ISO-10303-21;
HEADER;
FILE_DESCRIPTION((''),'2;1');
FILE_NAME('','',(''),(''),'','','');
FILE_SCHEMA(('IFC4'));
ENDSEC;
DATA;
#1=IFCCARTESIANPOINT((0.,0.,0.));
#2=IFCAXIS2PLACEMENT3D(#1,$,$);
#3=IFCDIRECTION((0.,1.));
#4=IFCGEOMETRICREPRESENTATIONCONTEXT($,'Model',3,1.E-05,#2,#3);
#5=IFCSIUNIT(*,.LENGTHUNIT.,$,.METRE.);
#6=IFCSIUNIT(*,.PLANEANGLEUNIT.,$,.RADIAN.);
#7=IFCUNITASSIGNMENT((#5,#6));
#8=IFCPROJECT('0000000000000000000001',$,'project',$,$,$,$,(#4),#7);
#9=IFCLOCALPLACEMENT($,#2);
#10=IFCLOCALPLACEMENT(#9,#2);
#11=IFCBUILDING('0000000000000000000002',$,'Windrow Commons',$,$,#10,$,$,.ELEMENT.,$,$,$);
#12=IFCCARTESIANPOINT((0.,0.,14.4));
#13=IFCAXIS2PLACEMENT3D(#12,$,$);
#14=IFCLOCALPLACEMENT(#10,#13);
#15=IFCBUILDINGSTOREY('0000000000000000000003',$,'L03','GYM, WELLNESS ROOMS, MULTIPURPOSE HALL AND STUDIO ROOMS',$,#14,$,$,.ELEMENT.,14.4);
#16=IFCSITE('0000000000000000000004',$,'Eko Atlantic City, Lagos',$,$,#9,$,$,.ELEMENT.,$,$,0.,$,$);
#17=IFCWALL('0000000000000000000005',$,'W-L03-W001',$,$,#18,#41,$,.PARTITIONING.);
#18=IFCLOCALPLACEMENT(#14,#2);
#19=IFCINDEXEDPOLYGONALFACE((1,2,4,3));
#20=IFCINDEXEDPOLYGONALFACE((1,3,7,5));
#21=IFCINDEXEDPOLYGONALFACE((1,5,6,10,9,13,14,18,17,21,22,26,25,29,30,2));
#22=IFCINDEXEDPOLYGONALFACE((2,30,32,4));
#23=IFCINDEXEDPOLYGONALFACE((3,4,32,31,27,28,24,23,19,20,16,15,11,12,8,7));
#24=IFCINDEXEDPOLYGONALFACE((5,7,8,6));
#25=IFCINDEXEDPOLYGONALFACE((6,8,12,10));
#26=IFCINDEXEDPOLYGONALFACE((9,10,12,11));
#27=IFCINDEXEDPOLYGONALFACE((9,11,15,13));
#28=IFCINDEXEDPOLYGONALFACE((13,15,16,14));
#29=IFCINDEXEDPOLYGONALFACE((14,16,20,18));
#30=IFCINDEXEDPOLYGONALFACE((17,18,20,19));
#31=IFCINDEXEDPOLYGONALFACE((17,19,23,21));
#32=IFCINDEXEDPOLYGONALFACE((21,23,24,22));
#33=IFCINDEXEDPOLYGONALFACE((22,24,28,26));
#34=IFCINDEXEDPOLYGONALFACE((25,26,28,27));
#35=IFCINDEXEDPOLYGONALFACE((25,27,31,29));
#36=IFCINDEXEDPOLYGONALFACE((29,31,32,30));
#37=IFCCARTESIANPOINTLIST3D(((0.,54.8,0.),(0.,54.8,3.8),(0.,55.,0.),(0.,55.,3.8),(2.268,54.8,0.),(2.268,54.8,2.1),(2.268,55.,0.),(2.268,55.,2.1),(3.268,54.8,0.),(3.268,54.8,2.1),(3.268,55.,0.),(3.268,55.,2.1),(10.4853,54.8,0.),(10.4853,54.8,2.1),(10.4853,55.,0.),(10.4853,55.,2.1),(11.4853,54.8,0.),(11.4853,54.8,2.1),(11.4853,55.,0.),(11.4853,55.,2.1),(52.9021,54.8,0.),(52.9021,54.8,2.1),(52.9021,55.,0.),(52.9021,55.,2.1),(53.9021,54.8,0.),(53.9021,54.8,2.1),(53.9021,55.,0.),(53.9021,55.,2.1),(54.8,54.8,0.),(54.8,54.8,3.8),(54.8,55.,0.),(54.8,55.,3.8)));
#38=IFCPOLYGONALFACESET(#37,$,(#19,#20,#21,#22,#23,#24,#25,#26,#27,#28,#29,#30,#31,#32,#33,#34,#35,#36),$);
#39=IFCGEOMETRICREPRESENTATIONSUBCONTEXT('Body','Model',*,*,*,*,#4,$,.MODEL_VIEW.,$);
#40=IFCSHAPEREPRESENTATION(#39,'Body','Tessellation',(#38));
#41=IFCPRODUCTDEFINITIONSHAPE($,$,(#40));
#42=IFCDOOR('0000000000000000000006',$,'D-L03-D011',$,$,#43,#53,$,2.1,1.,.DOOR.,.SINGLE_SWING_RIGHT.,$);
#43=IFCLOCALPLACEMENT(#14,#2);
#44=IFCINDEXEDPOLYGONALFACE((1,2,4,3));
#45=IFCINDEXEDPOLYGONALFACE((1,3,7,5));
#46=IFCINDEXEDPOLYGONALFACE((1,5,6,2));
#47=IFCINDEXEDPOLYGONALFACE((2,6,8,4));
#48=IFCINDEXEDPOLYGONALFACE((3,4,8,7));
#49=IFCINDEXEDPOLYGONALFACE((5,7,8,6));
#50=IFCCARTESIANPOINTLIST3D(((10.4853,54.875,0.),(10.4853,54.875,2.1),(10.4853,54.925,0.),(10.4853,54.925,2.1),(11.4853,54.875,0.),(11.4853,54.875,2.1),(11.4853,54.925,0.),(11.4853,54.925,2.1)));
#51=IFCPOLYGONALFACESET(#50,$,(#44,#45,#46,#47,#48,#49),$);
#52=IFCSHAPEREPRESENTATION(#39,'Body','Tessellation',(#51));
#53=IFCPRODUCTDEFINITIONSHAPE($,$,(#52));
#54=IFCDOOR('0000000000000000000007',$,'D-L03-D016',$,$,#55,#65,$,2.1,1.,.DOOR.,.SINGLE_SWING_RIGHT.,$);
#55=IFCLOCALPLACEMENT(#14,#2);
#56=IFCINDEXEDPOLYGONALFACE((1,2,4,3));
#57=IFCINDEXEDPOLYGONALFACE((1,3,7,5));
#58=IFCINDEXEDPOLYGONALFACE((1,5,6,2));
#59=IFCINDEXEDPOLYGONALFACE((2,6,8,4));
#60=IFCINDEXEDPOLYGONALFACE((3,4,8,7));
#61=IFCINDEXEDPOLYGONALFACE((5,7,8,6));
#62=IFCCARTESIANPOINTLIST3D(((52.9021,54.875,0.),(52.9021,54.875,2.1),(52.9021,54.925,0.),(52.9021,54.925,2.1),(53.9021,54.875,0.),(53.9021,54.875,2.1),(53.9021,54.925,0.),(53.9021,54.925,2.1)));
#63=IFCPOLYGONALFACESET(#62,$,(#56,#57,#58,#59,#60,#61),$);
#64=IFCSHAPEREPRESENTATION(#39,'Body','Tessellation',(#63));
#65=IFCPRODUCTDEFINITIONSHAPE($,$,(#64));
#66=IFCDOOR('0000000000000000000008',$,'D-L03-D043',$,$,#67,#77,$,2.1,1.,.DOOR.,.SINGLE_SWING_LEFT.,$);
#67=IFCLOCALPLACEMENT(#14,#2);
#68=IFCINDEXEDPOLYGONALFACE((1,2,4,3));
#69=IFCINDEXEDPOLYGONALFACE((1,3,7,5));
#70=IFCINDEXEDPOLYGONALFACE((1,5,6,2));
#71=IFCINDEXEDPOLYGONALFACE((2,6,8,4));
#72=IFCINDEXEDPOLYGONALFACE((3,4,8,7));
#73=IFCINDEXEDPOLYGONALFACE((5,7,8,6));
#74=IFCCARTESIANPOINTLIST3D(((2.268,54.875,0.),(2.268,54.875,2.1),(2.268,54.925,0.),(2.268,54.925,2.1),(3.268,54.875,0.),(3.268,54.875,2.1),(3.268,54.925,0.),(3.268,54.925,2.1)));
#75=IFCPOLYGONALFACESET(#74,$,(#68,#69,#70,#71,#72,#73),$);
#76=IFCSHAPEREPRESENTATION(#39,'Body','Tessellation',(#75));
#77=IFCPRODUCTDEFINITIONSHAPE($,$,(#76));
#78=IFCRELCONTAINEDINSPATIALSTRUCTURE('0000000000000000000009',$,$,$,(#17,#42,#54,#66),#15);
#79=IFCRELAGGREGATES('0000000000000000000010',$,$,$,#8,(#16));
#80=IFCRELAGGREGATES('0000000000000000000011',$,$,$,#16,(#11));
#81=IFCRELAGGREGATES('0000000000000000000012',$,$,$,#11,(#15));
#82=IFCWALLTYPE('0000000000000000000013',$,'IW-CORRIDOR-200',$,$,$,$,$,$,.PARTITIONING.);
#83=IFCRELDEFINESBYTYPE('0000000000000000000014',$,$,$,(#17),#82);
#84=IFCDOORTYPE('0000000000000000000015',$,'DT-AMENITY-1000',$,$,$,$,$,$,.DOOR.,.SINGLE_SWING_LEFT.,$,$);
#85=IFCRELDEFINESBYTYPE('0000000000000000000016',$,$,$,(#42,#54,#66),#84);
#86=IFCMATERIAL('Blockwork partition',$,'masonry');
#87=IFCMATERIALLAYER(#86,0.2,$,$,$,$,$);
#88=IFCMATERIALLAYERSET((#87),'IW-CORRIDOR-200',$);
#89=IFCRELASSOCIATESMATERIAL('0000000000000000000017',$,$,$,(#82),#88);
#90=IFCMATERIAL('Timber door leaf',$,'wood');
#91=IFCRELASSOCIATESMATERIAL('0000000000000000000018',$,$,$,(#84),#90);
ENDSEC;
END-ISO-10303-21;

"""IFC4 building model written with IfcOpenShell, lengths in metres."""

from ifc_helpers import new_model, si_unit, direction, frame, frame_2d, origin, place, context, subcontext, project, spatial, rectangle, extrude, material, layer, layer_set, type_object, element, fill, save


model = new_model("IFC4")

# Units and contexts
model_context = context("Model", 3, precision=1e-05, world=origin(), true_north=direction((0.0, 1.0)))
body_context = subcontext(model_context, "Body", "Model", "MODEL_VIEW")
ifc_project = project(units=[si_unit("LENGTHUNIT", "METRE"), si_unit("PLANEANGLEUNIT", "RADIAN")], contexts=[model_context])

# Site, building, storey
site_placement = place(None, origin())
site = spatial("IfcSite", under=ifc_project, at=site_placement, Name="Eko Atlantic City, Lagos", CompositionType="ELEMENT", RefElevation=0.0)
building_placement = place(site_placement, origin())
building = spatial("IfcBuilding", under=site, at=building_placement, Name="Windrow Commons", CompositionType="ELEMENT")
storey_placement = place(building_placement, frame((0.0, 0.0, 14.4)))
storey = spatial("IfcBuildingStorey", under=building, at=storey_placement, Name="L03", Description="GYM, WELLNESS ROOMS, MULTIPURPOSE HALL AND STUDIO ROOMS", CompositionType="ELEMENT", Elevation=14.4)

# Wall, openings, doors
ifc_material_1 = material(Name="Blockwork partition", Category="masonry")
ifc_layer_1 = layer(ifc_material_1, 0.2)
ifc_layer_set_1 = layer_set([ifc_layer_1], Name="IW-CORRIDOR-200")
wall_type_1 = type_object("IfcWallType", Name="IW-CORRIDOR-200", PredefinedType="PARTITIONING", material=ifc_layer_set_1)
wall_1_placement = place(storey_placement, frame((0.0, 54.9, 0.0), z_axis=(0.0, 0.0, 1.0), x_axis=(1.0, 0.0, 0.0)))
wall_1 = element("IfcWall", 1, at=wall_1_placement, inside=storey, type_object=wall_type_1, Name="W-L03-W001", PredefinedType="PARTITIONING", context=body_context, shape_type="SweptSolid", body=[
    extrude(rectangle(XDim=54.8, YDim=0.2, at=frame_2d((27.4, 0.0))), origin(), (0.0, 0.0, 1.0), 3.8),
])
opening_1_placement = place(wall_1_placement, frame((10.4853, 0.0, 0.0)))
opening_1 = element("IfcOpeningElement", 2, at=opening_1_placement, cuts=wall_1, PredefinedType="OPENING", context=body_context, shape_type="SweptSolid", body=[
    extrude(rectangle(XDim=1.0, YDim=2.1, at=frame_2d((0.5, 1.05))), frame((0.0, 0.11, 0.0), z_axis=(0.0, -1.0, 0.0), x_axis=(1.0, 0.0, 0.0)), (0.0, 0.0, 1.0), 0.22),
])
opening_2_placement = place(wall_1_placement, frame((52.9021, 0.0, 0.0)))
opening_2 = element("IfcOpeningElement", 3, at=opening_2_placement, cuts=wall_1, PredefinedType="OPENING", context=body_context, shape_type="SweptSolid", body=[
    extrude(rectangle(XDim=1.0, YDim=2.1, at=frame_2d((0.5, 1.05))), frame((0.0, 0.11, 0.0), z_axis=(0.0, -1.0, 0.0), x_axis=(1.0, 0.0, 0.0)), (0.0, 0.0, 1.0), 0.22),
])
opening_3_placement = place(wall_1_placement, frame((2.268, 0.0, 0.0)))
opening_3 = element("IfcOpeningElement", 4, at=opening_3_placement, cuts=wall_1, PredefinedType="OPENING", context=body_context, shape_type="SweptSolid", body=[
    extrude(rectangle(XDim=1.0, YDim=2.1, at=frame_2d((0.5, 1.05))), frame((0.0, 0.11, 0.0), z_axis=(0.0, -1.0, 0.0), x_axis=(1.0, 0.0, 0.0)), (0.0, 0.0, 1.0), 0.22),
])
ifc_material_2 = material(Name="Timber door leaf", Category="wood")
door_type_1 = type_object("IfcDoorType", Name="DT-AMENITY-1000", OperationType="SINGLE_SWING_LEFT", PredefinedType="DOOR", material=ifc_material_2)
door_1_placement = place(opening_1_placement, origin())
door_1 = element("IfcDoor", 5, at=door_1_placement, inside=storey, type_object=door_type_1, Name="D-L03-D011", OperationType="SINGLE_SWING_RIGHT", OverallHeight=2.1, OverallWidth=1.0, PredefinedType="DOOR", context=body_context, shape_type="SweptSolid", body=[
    extrude(rectangle(XDim=1.0, YDim=2.1, at=frame_2d((0.5, 1.05))), frame((0.0, 0.025, 0.0), z_axis=(0.0, -1.0, 0.0), x_axis=(1.0, 0.0, 0.0)), (0.0, 0.0, 1.0), 0.05),
])
fill(opening_1, door_1)
door_2_placement = place(opening_2_placement, origin())
door_2 = element("IfcDoor", 6, at=door_2_placement, inside=storey, type_object=door_type_1, Name="D-L03-D016", OperationType="SINGLE_SWING_RIGHT", OverallHeight=2.1, OverallWidth=1.0, PredefinedType="DOOR", context=body_context, shape_type="SweptSolid", body=[
    extrude(rectangle(XDim=1.0, YDim=2.1, at=frame_2d((0.5, 1.05))), frame((0.0, 0.025, 0.0), z_axis=(0.0, -1.0, 0.0), x_axis=(1.0, 0.0, 0.0)), (0.0, 0.0, 1.0), 0.05),
])
fill(opening_2, door_2)
door_3_placement = place(opening_3_placement, origin())
door_3 = element("IfcDoor", 7, at=door_3_placement, inside=storey, type_object=door_type_1, Name="D-L03-D043", OperationType="SINGLE_SWING_LEFT", OverallHeight=2.1, OverallWidth=1.0, PredefinedType="DOOR", context=body_context, shape_type="SweptSolid", body=[
    extrude(rectangle(XDim=1.0, YDim=2.1, at=frame_2d((0.5, 1.05))), frame((0.0, 0.025, 0.0), z_axis=(0.0, -1.0, 0.0), x_axis=(1.0, 0.0, 0.0)), (0.0, 0.0, 1.0), 0.05),
])
fill(opening_3, door_3)

save(model, "model.ifc")
